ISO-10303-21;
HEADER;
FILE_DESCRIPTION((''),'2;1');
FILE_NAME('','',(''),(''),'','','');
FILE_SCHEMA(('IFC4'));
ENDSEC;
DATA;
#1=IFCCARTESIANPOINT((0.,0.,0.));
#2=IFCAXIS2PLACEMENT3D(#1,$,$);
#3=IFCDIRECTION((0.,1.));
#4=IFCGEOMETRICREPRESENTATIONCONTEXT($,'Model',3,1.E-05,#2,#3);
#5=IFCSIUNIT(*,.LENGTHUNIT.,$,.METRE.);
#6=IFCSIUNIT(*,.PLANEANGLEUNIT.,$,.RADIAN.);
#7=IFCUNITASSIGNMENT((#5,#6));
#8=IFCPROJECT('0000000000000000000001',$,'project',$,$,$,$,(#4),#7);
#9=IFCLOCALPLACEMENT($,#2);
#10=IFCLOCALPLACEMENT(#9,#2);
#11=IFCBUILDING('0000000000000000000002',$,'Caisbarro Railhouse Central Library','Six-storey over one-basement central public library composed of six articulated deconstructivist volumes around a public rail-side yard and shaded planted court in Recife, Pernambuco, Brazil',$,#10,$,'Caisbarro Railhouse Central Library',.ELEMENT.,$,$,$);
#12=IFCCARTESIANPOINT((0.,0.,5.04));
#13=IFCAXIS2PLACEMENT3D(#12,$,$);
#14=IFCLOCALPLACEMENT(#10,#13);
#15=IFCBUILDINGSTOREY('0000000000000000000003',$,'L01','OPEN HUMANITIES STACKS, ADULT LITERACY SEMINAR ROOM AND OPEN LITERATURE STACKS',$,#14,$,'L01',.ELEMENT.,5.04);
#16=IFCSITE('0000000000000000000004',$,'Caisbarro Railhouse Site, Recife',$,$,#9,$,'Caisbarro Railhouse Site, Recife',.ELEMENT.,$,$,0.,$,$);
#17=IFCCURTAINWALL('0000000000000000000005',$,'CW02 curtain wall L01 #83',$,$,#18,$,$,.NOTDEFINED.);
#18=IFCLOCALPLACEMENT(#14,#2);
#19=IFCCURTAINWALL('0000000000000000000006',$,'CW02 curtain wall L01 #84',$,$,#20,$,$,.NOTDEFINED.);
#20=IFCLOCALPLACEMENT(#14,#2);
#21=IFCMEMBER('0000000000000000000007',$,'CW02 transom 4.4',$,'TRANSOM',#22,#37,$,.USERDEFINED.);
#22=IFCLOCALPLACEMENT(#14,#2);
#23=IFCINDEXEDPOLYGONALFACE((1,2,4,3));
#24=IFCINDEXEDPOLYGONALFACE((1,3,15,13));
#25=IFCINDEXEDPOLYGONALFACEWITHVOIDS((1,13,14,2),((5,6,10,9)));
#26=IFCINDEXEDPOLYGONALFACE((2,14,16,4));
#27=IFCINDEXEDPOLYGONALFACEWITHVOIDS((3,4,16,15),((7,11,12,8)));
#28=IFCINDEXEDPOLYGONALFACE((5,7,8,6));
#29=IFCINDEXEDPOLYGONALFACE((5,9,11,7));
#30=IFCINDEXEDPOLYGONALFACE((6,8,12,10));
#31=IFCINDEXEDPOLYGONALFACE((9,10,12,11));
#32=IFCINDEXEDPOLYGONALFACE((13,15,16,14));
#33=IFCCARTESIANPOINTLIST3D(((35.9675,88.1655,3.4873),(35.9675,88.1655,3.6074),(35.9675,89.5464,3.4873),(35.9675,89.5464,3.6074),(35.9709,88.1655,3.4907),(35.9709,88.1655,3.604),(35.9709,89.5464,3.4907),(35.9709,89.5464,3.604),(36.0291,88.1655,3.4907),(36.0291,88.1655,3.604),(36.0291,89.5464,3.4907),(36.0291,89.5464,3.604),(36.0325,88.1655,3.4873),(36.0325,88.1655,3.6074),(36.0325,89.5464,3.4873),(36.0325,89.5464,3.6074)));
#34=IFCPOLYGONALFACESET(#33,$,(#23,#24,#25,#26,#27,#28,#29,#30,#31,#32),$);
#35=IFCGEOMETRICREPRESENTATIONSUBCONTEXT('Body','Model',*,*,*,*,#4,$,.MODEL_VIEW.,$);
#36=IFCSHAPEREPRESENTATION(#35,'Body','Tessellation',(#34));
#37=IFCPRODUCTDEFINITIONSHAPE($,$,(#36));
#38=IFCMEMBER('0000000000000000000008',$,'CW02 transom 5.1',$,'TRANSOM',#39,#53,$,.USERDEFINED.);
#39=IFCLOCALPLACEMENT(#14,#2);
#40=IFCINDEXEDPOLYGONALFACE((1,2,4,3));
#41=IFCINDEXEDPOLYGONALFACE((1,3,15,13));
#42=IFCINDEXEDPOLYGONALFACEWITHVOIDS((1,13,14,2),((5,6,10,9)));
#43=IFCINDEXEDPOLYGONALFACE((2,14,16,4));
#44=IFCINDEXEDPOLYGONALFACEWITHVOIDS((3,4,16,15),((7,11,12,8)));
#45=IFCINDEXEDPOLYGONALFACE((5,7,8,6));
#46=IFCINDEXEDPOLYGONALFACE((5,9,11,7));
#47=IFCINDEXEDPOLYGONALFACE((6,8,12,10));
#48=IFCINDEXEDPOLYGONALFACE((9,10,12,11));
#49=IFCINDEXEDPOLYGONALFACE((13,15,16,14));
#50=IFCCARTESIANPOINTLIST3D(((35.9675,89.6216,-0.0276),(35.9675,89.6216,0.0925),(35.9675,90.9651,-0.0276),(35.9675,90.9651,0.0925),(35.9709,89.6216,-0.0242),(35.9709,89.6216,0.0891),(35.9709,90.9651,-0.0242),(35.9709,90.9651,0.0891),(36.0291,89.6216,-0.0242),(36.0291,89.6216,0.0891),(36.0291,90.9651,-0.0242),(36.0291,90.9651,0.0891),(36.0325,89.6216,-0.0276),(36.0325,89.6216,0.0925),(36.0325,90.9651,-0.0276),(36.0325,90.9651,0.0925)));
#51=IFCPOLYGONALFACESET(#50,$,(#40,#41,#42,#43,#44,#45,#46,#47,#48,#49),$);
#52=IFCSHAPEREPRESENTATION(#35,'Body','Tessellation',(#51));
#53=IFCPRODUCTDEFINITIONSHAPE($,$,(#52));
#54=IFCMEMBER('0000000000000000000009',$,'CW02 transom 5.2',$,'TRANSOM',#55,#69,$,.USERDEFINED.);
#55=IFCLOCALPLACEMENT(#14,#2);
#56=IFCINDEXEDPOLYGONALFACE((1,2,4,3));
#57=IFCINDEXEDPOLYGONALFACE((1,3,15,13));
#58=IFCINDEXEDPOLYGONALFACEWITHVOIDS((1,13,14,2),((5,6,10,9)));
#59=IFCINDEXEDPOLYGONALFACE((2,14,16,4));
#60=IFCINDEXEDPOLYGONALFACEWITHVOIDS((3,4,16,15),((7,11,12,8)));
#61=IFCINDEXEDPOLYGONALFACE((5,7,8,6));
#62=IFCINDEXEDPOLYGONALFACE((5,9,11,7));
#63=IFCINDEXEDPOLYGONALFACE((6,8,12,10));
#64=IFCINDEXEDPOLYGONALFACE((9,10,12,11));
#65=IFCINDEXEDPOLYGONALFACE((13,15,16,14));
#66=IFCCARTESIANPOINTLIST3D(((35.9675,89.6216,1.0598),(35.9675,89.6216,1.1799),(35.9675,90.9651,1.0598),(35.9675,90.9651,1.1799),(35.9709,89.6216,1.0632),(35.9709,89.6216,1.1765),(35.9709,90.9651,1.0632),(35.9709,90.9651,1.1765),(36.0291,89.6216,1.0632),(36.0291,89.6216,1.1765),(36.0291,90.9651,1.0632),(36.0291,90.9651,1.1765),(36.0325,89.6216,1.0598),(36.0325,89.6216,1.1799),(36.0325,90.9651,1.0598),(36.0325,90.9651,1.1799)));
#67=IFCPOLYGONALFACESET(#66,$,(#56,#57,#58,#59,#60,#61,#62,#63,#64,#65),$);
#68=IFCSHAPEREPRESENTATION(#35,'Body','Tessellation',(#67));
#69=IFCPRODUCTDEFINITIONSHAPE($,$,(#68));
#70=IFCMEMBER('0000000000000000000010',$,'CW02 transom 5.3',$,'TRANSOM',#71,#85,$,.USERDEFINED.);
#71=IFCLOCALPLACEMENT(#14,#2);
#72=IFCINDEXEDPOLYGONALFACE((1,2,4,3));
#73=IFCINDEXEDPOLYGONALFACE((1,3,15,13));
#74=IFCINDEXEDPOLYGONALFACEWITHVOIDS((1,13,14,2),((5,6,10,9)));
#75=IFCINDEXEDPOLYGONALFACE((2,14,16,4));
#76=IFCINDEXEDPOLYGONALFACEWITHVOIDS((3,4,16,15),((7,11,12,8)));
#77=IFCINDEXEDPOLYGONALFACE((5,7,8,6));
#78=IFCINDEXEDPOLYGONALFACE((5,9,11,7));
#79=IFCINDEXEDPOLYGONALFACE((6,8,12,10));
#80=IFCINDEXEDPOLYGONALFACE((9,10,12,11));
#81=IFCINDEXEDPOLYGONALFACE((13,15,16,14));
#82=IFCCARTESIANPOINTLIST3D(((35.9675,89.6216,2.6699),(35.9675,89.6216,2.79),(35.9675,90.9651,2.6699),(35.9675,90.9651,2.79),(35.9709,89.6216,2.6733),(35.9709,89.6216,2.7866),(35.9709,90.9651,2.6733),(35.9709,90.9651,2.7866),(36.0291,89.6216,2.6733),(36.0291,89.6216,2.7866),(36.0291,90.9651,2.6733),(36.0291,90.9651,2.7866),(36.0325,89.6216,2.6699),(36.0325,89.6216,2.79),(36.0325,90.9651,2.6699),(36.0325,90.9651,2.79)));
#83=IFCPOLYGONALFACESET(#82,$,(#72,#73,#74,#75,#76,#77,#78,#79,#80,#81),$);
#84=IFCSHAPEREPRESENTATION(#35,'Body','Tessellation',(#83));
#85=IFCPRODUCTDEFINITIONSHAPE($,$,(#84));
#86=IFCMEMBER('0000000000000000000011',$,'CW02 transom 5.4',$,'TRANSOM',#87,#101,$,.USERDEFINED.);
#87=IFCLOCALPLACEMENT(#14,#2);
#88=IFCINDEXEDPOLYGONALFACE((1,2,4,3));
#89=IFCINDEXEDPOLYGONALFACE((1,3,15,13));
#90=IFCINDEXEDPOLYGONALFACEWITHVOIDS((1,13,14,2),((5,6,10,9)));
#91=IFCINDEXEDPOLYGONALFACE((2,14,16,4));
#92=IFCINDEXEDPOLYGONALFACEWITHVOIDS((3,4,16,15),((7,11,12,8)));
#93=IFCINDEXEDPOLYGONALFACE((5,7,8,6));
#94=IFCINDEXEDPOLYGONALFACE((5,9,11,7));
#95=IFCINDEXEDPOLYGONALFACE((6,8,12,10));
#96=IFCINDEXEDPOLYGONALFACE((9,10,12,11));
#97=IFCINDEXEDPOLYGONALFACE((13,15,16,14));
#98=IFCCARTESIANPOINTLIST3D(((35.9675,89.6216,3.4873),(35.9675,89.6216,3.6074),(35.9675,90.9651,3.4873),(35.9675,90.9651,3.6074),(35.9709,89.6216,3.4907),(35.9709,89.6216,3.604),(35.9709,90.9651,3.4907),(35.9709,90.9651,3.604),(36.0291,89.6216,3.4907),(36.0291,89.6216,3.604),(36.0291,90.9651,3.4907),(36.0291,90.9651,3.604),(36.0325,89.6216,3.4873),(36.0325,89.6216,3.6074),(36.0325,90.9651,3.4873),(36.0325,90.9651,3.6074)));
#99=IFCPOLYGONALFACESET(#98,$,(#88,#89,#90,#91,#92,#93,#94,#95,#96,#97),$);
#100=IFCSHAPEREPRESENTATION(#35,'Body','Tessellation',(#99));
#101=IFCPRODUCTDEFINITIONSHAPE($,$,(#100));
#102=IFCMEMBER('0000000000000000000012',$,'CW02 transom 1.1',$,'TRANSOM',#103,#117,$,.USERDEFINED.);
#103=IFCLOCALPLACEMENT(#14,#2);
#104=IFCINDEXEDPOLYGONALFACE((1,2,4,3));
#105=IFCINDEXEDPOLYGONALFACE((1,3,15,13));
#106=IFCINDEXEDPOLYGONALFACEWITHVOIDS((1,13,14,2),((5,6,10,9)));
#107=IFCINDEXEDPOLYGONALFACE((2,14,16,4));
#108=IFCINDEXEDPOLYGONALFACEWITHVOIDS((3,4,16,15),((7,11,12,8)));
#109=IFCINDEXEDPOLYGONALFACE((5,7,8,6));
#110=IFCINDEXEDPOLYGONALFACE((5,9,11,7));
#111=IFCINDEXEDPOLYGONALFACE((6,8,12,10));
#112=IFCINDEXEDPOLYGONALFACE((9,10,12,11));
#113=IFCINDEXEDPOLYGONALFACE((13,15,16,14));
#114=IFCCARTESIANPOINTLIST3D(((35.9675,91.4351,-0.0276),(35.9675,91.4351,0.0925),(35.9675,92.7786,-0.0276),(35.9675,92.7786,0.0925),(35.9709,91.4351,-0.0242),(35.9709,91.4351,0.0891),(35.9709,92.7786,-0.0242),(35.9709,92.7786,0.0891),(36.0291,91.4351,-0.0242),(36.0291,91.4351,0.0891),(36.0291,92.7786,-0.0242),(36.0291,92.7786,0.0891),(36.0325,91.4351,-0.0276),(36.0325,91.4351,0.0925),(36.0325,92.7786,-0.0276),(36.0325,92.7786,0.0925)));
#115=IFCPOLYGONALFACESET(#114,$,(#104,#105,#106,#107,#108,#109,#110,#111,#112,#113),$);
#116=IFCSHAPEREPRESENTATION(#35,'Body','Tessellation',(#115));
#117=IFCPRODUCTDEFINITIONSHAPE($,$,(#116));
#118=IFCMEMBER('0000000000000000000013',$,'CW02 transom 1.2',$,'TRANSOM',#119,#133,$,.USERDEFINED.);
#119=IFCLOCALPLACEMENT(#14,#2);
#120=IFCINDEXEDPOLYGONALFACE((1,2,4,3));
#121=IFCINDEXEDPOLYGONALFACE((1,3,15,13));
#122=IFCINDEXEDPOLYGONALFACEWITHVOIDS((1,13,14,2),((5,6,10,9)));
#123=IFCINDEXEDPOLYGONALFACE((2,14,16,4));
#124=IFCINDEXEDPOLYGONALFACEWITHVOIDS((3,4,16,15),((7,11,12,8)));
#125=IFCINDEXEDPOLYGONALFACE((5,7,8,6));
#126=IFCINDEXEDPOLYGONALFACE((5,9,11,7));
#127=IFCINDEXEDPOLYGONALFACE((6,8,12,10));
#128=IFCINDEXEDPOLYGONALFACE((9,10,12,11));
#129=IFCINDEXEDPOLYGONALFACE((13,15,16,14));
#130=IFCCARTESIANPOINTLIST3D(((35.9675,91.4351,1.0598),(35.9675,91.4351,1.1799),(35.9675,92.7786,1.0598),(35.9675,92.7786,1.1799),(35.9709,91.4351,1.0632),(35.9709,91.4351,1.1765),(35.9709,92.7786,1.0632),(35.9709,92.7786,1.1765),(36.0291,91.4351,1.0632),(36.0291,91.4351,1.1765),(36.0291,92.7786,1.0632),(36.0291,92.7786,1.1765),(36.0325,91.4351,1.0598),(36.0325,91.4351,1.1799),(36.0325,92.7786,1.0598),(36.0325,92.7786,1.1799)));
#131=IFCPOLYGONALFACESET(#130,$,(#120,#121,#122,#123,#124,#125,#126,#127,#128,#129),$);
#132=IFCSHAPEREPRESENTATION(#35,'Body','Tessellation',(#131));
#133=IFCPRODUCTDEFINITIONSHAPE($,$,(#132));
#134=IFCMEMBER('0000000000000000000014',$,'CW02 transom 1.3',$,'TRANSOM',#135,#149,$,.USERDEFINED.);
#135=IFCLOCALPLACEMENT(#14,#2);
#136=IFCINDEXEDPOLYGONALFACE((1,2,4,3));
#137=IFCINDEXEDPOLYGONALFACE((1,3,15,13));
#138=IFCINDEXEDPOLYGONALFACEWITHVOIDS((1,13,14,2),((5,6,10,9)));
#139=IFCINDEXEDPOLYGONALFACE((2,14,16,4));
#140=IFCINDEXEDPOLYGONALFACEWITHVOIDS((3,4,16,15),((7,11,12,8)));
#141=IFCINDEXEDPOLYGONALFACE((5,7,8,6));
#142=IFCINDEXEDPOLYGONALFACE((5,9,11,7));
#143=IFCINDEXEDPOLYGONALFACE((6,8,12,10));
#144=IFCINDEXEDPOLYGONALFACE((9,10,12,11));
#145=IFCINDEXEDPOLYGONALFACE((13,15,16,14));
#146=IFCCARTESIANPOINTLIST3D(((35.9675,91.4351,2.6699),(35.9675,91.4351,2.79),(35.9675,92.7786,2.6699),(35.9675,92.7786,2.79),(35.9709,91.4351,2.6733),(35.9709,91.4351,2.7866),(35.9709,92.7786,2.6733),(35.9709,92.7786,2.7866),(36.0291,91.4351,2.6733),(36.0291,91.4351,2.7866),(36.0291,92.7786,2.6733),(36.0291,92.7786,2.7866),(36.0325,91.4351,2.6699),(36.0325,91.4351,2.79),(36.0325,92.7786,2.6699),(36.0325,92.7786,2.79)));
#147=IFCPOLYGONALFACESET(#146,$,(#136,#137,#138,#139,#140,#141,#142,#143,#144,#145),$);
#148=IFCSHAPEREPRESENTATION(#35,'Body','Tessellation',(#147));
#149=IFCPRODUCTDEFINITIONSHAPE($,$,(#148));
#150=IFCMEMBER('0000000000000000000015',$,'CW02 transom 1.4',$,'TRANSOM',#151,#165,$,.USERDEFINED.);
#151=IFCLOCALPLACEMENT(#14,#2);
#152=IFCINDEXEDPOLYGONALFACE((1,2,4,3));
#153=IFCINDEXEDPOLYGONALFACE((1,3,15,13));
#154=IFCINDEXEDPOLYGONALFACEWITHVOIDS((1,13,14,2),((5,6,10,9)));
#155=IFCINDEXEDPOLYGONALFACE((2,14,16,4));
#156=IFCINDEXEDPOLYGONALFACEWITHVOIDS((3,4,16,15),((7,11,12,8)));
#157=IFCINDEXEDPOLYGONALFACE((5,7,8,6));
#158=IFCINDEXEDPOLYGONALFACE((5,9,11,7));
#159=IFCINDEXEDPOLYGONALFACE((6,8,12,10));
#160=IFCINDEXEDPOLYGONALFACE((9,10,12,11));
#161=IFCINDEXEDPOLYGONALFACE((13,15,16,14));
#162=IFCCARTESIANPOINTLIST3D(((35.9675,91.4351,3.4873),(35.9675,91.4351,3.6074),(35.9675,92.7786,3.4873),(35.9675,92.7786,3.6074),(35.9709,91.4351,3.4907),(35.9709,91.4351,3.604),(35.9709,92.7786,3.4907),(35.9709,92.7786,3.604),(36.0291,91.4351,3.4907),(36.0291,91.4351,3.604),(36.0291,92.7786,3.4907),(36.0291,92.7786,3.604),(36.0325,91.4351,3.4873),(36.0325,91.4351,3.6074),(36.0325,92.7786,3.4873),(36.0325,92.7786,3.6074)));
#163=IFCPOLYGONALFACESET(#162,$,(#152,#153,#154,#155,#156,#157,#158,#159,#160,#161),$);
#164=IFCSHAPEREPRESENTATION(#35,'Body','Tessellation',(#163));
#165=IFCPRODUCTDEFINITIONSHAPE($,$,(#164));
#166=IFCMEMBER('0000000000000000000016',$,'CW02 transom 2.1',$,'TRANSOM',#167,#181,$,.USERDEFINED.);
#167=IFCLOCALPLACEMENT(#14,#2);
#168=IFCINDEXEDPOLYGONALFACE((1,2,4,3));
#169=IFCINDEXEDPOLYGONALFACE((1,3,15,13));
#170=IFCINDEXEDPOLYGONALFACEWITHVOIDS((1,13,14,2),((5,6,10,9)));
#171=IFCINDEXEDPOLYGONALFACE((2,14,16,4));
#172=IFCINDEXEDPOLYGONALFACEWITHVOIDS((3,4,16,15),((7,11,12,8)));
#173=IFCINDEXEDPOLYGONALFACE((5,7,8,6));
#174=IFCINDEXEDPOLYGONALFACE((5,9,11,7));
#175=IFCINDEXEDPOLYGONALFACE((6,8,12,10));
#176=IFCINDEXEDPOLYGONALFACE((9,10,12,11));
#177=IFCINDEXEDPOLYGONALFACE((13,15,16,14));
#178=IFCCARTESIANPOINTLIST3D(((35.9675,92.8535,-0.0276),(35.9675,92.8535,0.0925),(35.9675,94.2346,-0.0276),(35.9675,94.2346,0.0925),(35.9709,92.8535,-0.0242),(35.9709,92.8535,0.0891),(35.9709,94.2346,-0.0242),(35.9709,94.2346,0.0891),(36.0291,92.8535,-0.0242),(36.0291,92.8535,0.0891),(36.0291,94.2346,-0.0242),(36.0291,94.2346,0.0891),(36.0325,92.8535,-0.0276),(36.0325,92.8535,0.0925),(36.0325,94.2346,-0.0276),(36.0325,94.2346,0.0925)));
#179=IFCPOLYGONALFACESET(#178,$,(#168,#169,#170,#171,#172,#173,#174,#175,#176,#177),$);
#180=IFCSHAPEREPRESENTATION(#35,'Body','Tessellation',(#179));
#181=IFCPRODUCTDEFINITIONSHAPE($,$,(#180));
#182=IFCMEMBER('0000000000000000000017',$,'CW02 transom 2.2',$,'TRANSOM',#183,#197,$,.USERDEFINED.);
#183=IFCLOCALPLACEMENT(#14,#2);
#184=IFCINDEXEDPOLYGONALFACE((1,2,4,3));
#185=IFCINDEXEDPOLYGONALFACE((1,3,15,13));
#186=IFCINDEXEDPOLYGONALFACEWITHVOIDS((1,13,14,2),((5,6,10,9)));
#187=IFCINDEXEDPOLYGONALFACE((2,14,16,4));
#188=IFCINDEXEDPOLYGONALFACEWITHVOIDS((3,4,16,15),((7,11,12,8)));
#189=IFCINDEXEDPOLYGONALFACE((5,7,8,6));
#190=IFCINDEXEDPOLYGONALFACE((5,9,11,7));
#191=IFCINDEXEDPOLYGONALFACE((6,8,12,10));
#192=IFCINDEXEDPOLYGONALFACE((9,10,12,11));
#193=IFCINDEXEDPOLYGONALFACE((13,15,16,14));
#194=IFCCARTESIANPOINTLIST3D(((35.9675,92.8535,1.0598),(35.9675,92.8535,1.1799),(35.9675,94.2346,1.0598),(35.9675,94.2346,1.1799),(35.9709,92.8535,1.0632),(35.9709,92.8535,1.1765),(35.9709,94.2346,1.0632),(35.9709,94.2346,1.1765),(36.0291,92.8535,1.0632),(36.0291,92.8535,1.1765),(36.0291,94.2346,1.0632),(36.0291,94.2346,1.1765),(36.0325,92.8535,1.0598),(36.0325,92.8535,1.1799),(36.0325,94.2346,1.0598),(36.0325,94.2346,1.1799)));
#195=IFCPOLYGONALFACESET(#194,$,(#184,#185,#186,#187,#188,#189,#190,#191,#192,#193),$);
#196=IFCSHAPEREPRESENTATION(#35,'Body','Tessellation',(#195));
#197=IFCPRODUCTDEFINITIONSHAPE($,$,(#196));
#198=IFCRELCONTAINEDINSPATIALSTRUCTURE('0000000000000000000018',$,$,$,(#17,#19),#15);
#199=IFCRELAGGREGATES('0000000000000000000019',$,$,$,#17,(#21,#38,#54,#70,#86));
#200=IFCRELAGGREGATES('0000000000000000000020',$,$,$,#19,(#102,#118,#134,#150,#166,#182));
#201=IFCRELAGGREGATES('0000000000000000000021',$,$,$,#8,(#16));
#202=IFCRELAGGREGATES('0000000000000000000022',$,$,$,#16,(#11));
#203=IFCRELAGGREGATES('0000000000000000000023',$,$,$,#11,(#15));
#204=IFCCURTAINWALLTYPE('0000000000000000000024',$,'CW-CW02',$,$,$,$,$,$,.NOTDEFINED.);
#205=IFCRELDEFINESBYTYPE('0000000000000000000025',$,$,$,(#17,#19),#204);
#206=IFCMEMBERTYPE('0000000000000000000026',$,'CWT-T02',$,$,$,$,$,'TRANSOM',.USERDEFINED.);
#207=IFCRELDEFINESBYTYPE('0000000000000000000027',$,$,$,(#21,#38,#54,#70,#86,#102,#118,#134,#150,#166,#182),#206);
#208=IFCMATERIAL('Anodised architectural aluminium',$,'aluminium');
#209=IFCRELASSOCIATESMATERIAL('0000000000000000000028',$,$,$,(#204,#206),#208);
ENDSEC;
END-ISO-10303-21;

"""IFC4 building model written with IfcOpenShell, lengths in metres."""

from ifc_helpers import new_model, si_unit, direction, frame, origin, origin_2d, place, context, subcontext, project, spatial, hollow_rectangle, extrude, material, material_profile, profile_set, type_object, element, aggregate, save


model = new_model("IFC4")

# Units and contexts
model_context = context("Model", 3, precision=1e-05, world=origin(), true_north=direction((0.0, 1.0)))
body_context = subcontext(model_context, "Body", "Model", "MODEL_VIEW")
ifc_project = project(units=[si_unit("LENGTHUNIT", "METRE"), si_unit("PLANEANGLEUNIT", "RADIAN")], contexts=[model_context])

# Site, building, storey
site_placement = place(None, origin())
site = spatial("IfcSite", under=ifc_project, at=site_placement, Name="Caisbarro Railhouse Site, Recife", LongName="Caisbarro Railhouse Site, Recife", CompositionType="ELEMENT", RefElevation=0.0)
building_placement = place(site_placement, origin())
building = spatial("IfcBuilding", under=site, at=building_placement, Name="Caisbarro Railhouse Central Library", Description="Six-storey over one-basement central public library composed of six articulated deconstructivist volumes around a public rail-side yard and shaded planted court in Recife, Pernambuco, Brazil", LongName="Caisbarro Railhouse Central Library", CompositionType="ELEMENT")
storey_placement = place(building_placement, frame((0.0, 0.0, 5.04)))
storey = spatial("IfcBuildingStorey", under=building, at=storey_placement, Name="L01", Description="OPEN HUMANITIES STACKS, ADULT LITERACY SEMINAR ROOM AND OPEN LITERATURE STACKS", LongName="L01", CompositionType="ELEMENT", Elevation=5.04)

# Curtain walls
ifc_material_1 = material(Name="Anodised architectural aluminium", Category="aluminium")
curtain_wall_type = type_object("IfcCurtainWallType", Name="CW-CW02", PredefinedType="NOTDEFINED", material=ifc_material_1)
curtain_wall_1_placement = place(storey_placement, origin())
curtain_wall_1 = element("IfcCurtainWall", 1, at=curtain_wall_1_placement, inside=storey, type_object=curtain_wall_type, Name="CW02 curtain wall L01 #83", PredefinedType="NOTDEFINED")
curtain_wall_2_placement = place(storey_placement, origin())
curtain_wall_2 = element("IfcCurtainWall", 2, at=curtain_wall_2_placement, inside=storey, type_object=curtain_wall_type, Name="CW02 curtain wall L01 #84", PredefinedType="NOTDEFINED")

# Members
ifc_material_profile_1 = material_profile(ifc_material_1, hollow_rectangle(XDim=0.0649, YDim=0.1201, WallThickness=0.0034, at=origin_2d()), Name="ALU-TRN-65X120")
ifc_profile_set_1 = profile_set([ifc_material_profile_1], Name="Anodised architectural aluminium")
member_type_1 = type_object("IfcMemberType", Name="CWT-T02", ElementType="TRANSOM", PredefinedType="USERDEFINED", material=ifc_profile_set_1)
member_1_placement = place(storey_placement, frame((36.0, 88.1655, 3.5474), z_axis=(0.0, 1.0, 0.0), x_axis=(-1.0, 0.0, 0.0)))
member_1 = element("IfcMember", 3, at=member_1_placement, type_object=member_type_1, Name="CW02 transom 4.4", ObjectType="TRANSOM", PredefinedType="USERDEFINED", context=body_context, shape_type="SweptSolid", body=[
    extrude(hollow_rectangle(XDim=0.0649, YDim=0.1201, WallThickness=0.0034, at=origin_2d()), origin(), (0.0, 0.0, 1.0), 1.3809),
])
member_2_placement = place(storey_placement, frame((36.0, 89.6216, 0.0325), z_axis=(0.0, 1.0, 0.0), x_axis=(-1.0, 0.0, 0.0)))
member_2 = element("IfcMember", 4, at=member_2_placement, type_object=member_type_1, Name="CW02 transom 5.1", ObjectType="TRANSOM", PredefinedType="USERDEFINED", context=body_context, shape_type="SweptSolid", body=[
    extrude(hollow_rectangle(XDim=0.0649, YDim=0.1201, WallThickness=0.0034, at=origin_2d()), origin(), (0.0, 0.0, 1.0), 1.3435),
])
member_3_placement = place(storey_placement, frame((36.0, 89.6216, 1.1199), z_axis=(0.0, 1.0, 0.0), x_axis=(-1.0, 0.0, 0.0)))
member_3 = element("IfcMember", 5, at=member_3_placement, type_object=member_type_1, Name="CW02 transom 5.2", ObjectType="TRANSOM", PredefinedType="USERDEFINED", context=body_context, shape_type="SweptSolid", body=[
    extrude(hollow_rectangle(XDim=0.0649, YDim=0.1201, WallThickness=0.0034, at=origin_2d()), origin(), (0.0, 0.0, 1.0), 1.3435),
])
member_4_placement = place(storey_placement, frame((36.0, 89.6216, 2.73), z_axis=(0.0, 1.0, 0.0), x_axis=(-1.0, 0.0, 0.0)))
member_4 = element("IfcMember", 6, at=member_4_placement, type_object=member_type_1, Name="CW02 transom 5.3", ObjectType="TRANSOM", PredefinedType="USERDEFINED", context=body_context, shape_type="SweptSolid", body=[
    extrude(hollow_rectangle(XDim=0.0649, YDim=0.1201, WallThickness=0.0034, at=origin_2d()), origin(), (0.0, 0.0, 1.0), 1.3435),
])
member_5_placement = place(storey_placement, frame((36.0, 89.6216, 3.5474), z_axis=(0.0, 1.0, 0.0), x_axis=(-1.0, 0.0, 0.0)))
member_5 = element("IfcMember", 7, at=member_5_placement, type_object=member_type_1, Name="CW02 transom 5.4", ObjectType="TRANSOM", PredefinedType="USERDEFINED", context=body_context, shape_type="SweptSolid", body=[
    extrude(hollow_rectangle(XDim=0.0649, YDim=0.1201, WallThickness=0.0034, at=origin_2d()), origin(), (0.0, 0.0, 1.0), 1.3435),
])
member_6_placement = place(storey_placement, frame((36.0, 91.4351, 0.0325), z_axis=(0.0, 1.0, 0.0), x_axis=(-1.0, 0.0, 0.0)))
member_6 = element("IfcMember", 8, at=member_6_placement, type_object=member_type_1, Name="CW02 transom 1.1", ObjectType="TRANSOM", PredefinedType="USERDEFINED", context=body_context, shape_type="SweptSolid", body=[
    extrude(hollow_rectangle(XDim=0.0649, YDim=0.1201, WallThickness=0.0034, at=origin_2d()), origin(), (0.0, 0.0, 1.0), 1.3435),
])
member_7_placement = place(storey_placement, frame((36.0, 91.4351, 1.1199), z_axis=(0.0, 1.0, 0.0), x_axis=(-1.0, 0.0, 0.0)))
member_7 = element("IfcMember", 9, at=member_7_placement, type_object=member_type_1, Name="CW02 transom 1.2", ObjectType="TRANSOM", PredefinedType="USERDEFINED", context=body_context, shape_type="SweptSolid", body=[
    extrude(hollow_rectangle(XDim=0.0649, YDim=0.1201, WallThickness=0.0034, at=origin_2d()), origin(), (0.0, 0.0, 1.0), 1.3435),
])
member_8_placement = place(storey_placement, frame((36.0, 91.4351, 2.73), z_axis=(0.0, 1.0, 0.0), x_axis=(-1.0, 0.0, 0.0)))
member_8 = element("IfcMember", 10, at=member_8_placement, type_object=member_type_1, Name="CW02 transom 1.3", ObjectType="TRANSOM", PredefinedType="USERDEFINED", context=body_context, shape_type="SweptSolid", body=[
    extrude(hollow_rectangle(XDim=0.0649, YDim=0.1201, WallThickness=0.0034, at=origin_2d()), origin(), (0.0, 0.0, 1.0), 1.3435),
])
member_9_placement = place(storey_placement, frame((36.0, 91.4351, 3.5474), z_axis=(0.0, 1.0, 0.0), x_axis=(-1.0, 0.0, 0.0)))
member_9 = element("IfcMember", 11, at=member_9_placement, type_object=member_type_1, Name="CW02 transom 1.4", ObjectType="TRANSOM", PredefinedType="USERDEFINED", context=body_context, shape_type="SweptSolid", body=[
    extrude(hollow_rectangle(XDim=0.0649, YDim=0.1201, WallThickness=0.0034, at=origin_2d()), origin(), (0.0, 0.0, 1.0), 1.3435),
])
member_10_placement = place(storey_placement, frame((36.0, 92.8535, 0.0325), z_axis=(0.0, 1.0, 0.0), x_axis=(-1.0, 0.0, 0.0)))
member_10 = element("IfcMember", 12, at=member_10_placement, type_object=member_type_1, Name="CW02 transom 2.1", ObjectType="TRANSOM", PredefinedType="USERDEFINED", context=body_context, shape_type="SweptSolid", body=[
    extrude(hollow_rectangle(XDim=0.0649, YDim=0.1201, WallThickness=0.0034, at=origin_2d()), origin(), (0.0, 0.0, 1.0), 1.3811),
])
member_11_placement = place(storey_placement, frame((36.0, 92.8535, 1.1199), z_axis=(0.0, 1.0, 0.0), x_axis=(-1.0, 0.0, 0.0)))
member_11 = element("IfcMember", 13, at=member_11_placement, type_object=member_type_1, Name="CW02 transom 2.2", ObjectType="TRANSOM", PredefinedType="USERDEFINED", context=body_context, shape_type="SweptSolid", body=[
    extrude(hollow_rectangle(XDim=0.0649, YDim=0.1201, WallThickness=0.0034, at=origin_2d()), origin(), (0.0, 0.0, 1.0), 1.3811),
])

aggregate(curtain_wall_1, [member_1, member_2, member_3, member_4, member_5])
aggregate(curtain_wall_2, [member_6, member_7, member_8, member_9, member_10, member_11])

save(model, "model.ifc")
